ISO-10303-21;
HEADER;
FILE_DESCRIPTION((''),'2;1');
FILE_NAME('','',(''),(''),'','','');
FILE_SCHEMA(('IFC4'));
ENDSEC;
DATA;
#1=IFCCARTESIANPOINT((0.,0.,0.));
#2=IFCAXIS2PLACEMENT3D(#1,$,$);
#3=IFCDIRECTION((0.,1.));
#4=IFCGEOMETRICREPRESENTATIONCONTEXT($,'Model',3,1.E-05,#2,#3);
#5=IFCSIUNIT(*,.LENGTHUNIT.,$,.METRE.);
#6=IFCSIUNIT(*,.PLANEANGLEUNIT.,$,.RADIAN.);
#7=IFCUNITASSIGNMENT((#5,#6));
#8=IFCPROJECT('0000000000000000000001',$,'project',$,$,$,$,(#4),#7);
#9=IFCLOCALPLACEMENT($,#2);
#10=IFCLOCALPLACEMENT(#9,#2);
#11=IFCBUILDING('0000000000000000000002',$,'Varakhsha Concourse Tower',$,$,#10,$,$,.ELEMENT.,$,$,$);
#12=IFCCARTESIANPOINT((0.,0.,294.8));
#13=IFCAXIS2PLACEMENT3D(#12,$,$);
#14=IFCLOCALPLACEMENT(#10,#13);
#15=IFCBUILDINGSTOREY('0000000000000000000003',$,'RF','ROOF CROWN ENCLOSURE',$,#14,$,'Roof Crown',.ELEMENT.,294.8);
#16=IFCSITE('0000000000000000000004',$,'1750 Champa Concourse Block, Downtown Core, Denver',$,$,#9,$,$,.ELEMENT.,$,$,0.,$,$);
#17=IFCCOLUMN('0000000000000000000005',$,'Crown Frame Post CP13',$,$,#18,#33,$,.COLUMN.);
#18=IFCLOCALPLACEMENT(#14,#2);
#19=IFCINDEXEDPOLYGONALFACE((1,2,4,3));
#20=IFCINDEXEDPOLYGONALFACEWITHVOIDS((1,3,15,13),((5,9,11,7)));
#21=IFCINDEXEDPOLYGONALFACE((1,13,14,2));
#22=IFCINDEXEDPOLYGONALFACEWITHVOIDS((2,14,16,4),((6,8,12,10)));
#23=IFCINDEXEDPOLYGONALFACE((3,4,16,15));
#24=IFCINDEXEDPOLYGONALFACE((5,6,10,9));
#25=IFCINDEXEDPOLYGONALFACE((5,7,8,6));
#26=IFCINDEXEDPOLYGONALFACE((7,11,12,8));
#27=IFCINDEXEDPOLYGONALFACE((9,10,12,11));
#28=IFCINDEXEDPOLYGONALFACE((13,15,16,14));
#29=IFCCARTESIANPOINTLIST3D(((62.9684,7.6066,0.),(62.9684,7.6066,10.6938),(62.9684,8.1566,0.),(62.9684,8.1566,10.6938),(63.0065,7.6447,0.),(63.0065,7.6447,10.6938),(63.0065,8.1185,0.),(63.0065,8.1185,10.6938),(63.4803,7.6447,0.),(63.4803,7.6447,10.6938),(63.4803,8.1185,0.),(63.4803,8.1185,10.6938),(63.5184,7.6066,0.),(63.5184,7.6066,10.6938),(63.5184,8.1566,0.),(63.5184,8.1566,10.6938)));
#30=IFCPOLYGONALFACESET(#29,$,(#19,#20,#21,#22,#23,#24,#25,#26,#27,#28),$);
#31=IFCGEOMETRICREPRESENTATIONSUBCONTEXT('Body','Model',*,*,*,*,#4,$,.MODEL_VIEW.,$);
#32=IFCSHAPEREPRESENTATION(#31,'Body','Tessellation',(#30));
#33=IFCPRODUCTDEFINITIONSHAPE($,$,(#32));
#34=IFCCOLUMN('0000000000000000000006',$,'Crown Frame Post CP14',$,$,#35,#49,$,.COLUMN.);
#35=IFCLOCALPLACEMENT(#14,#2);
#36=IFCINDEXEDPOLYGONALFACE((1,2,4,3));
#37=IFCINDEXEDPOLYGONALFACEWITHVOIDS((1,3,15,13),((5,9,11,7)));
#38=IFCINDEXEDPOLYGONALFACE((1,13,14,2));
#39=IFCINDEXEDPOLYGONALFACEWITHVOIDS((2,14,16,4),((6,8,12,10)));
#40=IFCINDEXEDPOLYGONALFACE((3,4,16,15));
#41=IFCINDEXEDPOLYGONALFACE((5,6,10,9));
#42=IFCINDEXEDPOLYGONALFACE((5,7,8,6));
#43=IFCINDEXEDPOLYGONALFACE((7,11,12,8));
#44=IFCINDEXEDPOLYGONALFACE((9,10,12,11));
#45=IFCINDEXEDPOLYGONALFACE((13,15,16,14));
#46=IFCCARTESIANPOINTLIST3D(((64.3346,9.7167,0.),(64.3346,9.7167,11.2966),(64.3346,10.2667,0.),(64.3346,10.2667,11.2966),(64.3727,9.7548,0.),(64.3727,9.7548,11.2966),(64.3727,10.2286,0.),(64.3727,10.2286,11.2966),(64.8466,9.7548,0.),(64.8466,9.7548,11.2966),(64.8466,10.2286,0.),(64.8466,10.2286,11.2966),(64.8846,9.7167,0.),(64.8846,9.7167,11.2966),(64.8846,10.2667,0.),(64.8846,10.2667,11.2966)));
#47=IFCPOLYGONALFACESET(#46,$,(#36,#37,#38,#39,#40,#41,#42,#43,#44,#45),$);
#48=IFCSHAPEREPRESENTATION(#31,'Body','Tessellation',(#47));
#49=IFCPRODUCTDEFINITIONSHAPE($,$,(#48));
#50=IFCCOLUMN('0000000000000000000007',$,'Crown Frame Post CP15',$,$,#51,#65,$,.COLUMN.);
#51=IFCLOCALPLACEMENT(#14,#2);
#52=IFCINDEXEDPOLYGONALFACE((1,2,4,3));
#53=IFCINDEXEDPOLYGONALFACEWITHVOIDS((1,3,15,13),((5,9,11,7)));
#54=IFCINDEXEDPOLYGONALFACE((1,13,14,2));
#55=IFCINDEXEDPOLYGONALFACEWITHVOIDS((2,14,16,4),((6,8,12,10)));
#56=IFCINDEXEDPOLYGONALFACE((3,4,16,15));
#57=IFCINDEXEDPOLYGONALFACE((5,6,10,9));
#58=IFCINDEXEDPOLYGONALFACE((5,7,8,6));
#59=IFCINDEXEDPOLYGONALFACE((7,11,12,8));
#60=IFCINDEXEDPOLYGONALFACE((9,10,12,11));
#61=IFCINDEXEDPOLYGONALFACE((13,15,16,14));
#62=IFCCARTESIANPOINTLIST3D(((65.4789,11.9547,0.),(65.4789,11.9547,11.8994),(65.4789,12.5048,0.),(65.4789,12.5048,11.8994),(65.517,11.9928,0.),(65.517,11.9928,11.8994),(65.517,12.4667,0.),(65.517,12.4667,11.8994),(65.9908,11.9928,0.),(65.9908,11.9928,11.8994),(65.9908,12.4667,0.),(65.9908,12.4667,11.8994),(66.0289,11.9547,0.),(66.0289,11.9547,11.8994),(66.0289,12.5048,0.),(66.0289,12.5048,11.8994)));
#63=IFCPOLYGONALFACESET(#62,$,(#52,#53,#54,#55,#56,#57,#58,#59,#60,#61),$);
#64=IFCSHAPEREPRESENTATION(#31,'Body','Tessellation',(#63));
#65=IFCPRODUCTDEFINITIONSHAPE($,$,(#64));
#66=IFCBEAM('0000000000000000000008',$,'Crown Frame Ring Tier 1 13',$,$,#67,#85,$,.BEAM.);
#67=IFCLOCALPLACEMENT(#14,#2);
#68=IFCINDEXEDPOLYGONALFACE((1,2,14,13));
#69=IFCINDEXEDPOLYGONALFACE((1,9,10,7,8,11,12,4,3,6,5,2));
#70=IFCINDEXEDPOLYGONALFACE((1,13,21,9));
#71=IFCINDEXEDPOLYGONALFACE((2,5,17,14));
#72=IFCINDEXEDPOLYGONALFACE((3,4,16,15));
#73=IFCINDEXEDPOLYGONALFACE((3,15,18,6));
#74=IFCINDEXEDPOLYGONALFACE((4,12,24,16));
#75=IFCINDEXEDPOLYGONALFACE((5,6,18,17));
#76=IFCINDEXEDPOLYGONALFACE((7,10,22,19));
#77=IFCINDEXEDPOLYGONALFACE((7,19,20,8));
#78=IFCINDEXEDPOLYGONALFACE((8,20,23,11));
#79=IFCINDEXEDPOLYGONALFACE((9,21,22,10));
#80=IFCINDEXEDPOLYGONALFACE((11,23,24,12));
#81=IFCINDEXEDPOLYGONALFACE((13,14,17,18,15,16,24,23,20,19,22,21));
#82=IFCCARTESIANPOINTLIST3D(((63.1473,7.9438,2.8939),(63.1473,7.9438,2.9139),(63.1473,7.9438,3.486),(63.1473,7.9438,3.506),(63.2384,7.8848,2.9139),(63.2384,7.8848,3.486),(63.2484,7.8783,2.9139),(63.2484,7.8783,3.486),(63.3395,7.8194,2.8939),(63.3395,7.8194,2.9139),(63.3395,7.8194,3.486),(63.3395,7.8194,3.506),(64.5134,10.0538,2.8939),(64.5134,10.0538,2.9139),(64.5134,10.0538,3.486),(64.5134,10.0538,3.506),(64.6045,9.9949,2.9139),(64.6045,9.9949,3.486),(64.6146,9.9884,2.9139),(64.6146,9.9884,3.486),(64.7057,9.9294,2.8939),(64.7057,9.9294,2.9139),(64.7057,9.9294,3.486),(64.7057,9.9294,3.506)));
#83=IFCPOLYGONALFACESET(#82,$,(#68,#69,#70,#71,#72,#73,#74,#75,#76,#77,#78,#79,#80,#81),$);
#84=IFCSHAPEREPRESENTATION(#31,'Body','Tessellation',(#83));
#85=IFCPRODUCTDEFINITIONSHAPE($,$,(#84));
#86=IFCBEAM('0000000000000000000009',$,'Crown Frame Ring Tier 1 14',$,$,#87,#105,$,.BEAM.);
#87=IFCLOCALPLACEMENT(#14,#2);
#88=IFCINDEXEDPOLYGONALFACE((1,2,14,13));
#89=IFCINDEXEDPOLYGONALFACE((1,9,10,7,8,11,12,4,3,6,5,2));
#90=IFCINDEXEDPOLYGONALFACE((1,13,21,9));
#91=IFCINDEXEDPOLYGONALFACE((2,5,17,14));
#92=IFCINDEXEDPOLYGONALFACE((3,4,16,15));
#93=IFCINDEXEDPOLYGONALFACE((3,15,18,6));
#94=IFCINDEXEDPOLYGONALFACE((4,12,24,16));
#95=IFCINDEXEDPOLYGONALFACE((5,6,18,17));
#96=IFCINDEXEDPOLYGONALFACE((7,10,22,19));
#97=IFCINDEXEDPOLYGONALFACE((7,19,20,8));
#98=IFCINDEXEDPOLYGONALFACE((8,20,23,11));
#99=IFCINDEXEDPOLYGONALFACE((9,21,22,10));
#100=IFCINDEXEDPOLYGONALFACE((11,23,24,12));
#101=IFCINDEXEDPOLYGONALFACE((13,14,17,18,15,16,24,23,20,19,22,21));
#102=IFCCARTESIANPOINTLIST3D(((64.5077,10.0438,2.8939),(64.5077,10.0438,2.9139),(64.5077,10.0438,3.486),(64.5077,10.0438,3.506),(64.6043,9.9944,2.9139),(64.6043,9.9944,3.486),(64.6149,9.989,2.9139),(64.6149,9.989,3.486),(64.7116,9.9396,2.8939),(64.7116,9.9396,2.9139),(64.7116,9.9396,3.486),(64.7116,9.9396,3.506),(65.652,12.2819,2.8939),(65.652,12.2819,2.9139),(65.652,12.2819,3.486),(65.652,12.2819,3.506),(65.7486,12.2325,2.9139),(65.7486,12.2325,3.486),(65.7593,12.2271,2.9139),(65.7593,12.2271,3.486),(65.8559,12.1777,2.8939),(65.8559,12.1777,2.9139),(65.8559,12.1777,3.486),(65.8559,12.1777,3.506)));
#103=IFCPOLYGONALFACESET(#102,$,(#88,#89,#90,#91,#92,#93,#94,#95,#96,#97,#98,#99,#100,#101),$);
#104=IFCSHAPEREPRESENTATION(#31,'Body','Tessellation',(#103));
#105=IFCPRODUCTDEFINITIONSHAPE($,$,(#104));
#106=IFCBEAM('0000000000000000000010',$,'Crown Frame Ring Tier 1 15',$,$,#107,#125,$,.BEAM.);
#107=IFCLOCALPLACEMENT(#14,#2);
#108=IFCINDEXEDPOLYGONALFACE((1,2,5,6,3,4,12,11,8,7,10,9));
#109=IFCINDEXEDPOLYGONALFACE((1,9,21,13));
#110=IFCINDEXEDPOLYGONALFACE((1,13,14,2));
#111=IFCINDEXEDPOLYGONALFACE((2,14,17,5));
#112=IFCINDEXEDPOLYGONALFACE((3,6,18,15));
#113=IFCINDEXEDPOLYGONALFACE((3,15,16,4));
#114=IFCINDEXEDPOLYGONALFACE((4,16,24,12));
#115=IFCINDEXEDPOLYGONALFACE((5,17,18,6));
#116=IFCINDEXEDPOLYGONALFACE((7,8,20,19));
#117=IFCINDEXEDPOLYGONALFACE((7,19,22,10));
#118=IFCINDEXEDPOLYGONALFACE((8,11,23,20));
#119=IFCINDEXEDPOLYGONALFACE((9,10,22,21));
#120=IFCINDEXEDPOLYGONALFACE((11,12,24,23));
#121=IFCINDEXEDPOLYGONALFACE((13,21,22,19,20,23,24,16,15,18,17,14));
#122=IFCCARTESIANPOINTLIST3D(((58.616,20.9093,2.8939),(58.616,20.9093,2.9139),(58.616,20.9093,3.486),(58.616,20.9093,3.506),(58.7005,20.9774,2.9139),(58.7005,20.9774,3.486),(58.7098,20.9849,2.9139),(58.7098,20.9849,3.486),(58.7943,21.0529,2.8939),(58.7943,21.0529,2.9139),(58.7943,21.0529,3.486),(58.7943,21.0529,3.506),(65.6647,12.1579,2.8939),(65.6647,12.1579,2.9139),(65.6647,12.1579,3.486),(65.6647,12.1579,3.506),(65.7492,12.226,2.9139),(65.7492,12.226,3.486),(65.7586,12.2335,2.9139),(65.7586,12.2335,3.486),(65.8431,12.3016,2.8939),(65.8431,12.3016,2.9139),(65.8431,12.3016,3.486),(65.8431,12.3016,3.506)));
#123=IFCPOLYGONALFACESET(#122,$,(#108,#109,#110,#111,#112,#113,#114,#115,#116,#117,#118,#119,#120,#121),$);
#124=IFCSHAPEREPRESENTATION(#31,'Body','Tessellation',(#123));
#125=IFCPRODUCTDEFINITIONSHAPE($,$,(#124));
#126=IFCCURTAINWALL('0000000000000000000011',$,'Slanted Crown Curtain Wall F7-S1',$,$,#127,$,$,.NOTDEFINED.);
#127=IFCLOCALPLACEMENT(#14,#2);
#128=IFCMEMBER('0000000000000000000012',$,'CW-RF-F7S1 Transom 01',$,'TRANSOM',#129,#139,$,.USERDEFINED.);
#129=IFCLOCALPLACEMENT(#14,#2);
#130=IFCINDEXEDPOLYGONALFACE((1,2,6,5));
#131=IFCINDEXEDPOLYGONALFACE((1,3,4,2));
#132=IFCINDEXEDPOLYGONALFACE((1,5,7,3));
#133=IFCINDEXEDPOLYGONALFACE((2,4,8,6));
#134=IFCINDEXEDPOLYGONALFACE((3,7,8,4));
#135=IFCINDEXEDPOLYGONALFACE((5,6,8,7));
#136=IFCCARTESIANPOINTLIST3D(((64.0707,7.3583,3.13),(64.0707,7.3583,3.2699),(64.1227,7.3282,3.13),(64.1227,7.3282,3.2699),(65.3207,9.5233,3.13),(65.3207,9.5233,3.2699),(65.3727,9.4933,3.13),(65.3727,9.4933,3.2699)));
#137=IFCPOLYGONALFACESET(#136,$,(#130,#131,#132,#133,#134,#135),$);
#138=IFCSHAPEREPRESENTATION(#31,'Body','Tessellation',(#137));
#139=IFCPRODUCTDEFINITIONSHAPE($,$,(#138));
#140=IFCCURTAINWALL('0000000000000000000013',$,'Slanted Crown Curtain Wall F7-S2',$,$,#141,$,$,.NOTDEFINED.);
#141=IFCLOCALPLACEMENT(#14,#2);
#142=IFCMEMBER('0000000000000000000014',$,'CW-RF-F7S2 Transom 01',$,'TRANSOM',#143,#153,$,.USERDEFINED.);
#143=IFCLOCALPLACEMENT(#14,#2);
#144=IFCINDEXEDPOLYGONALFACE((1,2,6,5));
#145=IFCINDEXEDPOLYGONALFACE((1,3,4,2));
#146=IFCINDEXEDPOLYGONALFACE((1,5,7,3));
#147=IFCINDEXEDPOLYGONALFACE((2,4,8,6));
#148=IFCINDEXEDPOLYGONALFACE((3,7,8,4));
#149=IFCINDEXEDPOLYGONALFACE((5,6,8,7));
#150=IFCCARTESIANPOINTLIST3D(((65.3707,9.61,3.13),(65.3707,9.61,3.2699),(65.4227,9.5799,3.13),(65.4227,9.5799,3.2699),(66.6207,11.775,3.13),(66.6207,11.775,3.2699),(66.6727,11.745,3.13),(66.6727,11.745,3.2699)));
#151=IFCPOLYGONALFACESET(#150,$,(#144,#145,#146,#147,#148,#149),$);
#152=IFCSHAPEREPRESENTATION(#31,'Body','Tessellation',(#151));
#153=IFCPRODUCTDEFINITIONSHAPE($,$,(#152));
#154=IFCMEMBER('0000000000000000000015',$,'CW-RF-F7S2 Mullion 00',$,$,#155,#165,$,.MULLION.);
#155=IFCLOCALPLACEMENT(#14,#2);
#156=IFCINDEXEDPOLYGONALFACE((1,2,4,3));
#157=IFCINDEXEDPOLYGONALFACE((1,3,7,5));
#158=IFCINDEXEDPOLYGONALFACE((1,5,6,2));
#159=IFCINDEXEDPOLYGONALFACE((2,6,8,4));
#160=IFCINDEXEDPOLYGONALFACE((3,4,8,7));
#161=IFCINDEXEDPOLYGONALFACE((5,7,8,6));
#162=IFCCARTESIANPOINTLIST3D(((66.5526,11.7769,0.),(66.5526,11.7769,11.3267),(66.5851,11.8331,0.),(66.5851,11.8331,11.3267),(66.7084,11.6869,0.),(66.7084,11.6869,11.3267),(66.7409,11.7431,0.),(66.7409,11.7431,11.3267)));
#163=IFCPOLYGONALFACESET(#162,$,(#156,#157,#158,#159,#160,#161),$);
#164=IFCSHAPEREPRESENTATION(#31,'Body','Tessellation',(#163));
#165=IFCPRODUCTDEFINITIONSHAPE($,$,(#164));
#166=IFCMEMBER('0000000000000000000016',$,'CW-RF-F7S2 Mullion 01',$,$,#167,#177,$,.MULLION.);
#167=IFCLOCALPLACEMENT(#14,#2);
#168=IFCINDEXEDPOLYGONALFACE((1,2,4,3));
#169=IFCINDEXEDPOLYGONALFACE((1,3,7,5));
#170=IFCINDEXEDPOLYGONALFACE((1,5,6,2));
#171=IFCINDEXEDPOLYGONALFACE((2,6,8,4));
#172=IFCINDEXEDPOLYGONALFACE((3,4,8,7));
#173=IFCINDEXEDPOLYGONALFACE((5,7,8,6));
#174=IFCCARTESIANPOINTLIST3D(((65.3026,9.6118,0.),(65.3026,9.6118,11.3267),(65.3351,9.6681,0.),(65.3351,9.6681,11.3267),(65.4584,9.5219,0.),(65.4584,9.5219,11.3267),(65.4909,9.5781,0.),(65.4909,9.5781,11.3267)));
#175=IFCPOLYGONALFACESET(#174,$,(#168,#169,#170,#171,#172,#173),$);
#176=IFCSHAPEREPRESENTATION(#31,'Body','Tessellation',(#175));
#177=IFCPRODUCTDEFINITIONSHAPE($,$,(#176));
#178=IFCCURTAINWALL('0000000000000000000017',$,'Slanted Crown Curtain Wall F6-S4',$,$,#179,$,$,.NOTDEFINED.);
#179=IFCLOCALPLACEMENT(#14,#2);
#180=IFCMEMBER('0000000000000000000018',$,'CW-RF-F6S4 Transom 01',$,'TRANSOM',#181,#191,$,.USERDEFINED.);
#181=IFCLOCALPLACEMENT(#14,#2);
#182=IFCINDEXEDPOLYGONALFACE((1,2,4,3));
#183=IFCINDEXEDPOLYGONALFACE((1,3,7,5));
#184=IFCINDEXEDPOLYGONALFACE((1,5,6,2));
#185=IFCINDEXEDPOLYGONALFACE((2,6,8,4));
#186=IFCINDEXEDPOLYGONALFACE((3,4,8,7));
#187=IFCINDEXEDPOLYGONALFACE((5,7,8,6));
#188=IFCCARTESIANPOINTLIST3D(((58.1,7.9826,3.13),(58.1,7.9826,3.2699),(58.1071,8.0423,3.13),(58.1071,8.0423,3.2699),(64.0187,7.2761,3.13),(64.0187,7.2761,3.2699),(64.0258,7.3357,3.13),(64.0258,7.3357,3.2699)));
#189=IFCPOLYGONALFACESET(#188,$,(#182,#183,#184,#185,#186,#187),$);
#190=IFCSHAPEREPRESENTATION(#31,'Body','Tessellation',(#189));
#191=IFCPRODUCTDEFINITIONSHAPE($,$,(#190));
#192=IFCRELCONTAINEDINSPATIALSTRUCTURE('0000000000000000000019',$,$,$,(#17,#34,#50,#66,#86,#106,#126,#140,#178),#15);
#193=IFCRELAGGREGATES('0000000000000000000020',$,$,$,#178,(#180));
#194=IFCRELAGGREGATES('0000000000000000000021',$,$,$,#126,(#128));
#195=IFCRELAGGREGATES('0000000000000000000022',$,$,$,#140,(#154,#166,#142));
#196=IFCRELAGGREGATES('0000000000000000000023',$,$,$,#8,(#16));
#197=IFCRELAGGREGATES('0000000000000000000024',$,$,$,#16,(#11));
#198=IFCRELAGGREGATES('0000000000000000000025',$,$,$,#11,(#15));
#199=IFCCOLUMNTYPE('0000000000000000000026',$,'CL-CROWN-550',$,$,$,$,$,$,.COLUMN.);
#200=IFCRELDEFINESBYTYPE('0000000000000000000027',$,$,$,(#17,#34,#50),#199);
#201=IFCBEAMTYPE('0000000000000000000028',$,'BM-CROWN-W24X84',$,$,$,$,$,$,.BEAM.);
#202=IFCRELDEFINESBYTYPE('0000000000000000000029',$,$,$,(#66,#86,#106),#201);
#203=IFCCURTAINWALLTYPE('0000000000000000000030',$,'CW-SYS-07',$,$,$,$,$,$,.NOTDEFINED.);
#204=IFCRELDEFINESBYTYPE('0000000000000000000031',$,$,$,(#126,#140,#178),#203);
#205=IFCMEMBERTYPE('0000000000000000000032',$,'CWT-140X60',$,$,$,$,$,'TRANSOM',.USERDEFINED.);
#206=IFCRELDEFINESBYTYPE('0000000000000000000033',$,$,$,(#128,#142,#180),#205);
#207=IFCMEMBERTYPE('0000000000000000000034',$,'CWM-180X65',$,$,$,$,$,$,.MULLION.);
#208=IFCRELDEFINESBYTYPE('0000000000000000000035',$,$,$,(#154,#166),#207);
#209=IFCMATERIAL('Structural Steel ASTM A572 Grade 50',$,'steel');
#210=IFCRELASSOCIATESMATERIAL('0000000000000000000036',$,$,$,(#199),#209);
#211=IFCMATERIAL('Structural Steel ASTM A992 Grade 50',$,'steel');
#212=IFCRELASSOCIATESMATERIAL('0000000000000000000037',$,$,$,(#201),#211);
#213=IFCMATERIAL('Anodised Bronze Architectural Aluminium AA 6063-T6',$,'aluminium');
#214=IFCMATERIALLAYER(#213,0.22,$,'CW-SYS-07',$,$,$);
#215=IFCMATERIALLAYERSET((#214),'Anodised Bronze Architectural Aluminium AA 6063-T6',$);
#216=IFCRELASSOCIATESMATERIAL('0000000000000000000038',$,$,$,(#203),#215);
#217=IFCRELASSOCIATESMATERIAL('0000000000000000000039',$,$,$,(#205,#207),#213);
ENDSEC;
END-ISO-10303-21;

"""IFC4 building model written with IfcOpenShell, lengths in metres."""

from ifc_helpers import new_model, si_unit, direction, frame, origin, origin_2d, place, context, subcontext, project, spatial, rectangle, hollow_rectangle, i_section, extrude, source, transform, mapped, material, layer, layer_set, material_profile, profile_set, type_object, type_shapes, element, aggregate, save


model = new_model("IFC4")

# Units and contexts
model_context = context("Model", 3, precision=1e-05, world=origin(), true_north=direction((0.0, 1.0)))
body_context = subcontext(model_context, "Body", "Model", "MODEL_VIEW")
ifc_project = project(units=[si_unit("LENGTHUNIT", "METRE"), si_unit("PLANEANGLEUNIT", "RADIAN")], contexts=[model_context])

# Site, building, storey
site_placement = place(None, origin())
site = spatial("IfcSite", under=ifc_project, at=site_placement, Name="1750 Champa Concourse Block, Downtown Core, Denver", CompositionType="ELEMENT", RefElevation=0.0)
building_placement = place(site_placement, origin())
building = spatial("IfcBuilding", under=site, at=building_placement, Name="Varakhsha Concourse Tower", CompositionType="ELEMENT")
storey_placement = place(building_placement, frame((0.0, 0.0, 294.8)))
storey = spatial("IfcBuildingStorey", under=building, at=storey_placement, Name="RF", Description="ROOF CROWN ENCLOSURE", LongName="Roof Crown", CompositionType="ELEMENT", Elevation=294.8)

# Columns
ifc_material_1 = material(Name="Structural Steel ASTM A572 Grade 50", Category="steel")
ifc_material_profile_1 = material_profile(ifc_material_1, hollow_rectangle(XDim=0.55, YDim=0.55, WallThickness=0.0381, at=origin_2d()), Name="BOX 550x550x38")
ifc_profile_set_1 = profile_set([ifc_material_profile_1], Name="Structural Steel ASTM A572 Grade 50")
column_type = type_object("IfcColumnType", Name="CL-CROWN-550", PredefinedType="COLUMN", material=ifc_profile_set_1)
column_1_placement = place(storey_placement, frame((63.2434, 7.8816, 0.0), z_axis=(0.0, 0.0, 1.0), x_axis=(1.0, 0.0, 0.0)))
element("IfcColumn", 1, at=column_1_placement, inside=storey, type_object=column_type, Name="Crown Frame Post CP13", PredefinedType="COLUMN", context=body_context, shape_type="SweptSolid", body=[
    extrude(hollow_rectangle(XDim=0.55, YDim=0.55, WallThickness=0.0381, at=origin_2d()), origin(), (0.0, 0.0, 1.0), 10.6938),
])
column_2_placement = place(storey_placement, frame((64.6096, 9.9917, 0.0), z_axis=(0.0, 0.0, 1.0), x_axis=(1.0, 0.0, 0.0)))
element("IfcColumn", 2, at=column_2_placement, inside=storey, type_object=column_type, Name="Crown Frame Post CP14", PredefinedType="COLUMN", context=body_context, shape_type="SweptSolid", body=[
    extrude(hollow_rectangle(XDim=0.55, YDim=0.55, WallThickness=0.0381, at=origin_2d()), origin(), (0.0, 0.0, 1.0), 11.2966),
])
column_3_placement = place(storey_placement, frame((65.7539, 12.2297, 0.0), z_axis=(0.0, 0.0, 1.0), x_axis=(1.0, 0.0, 0.0)))
element("IfcColumn", 3, at=column_3_placement, inside=storey, type_object=column_type, Name="Crown Frame Post CP15", PredefinedType="COLUMN", context=body_context, shape_type="SweptSolid", body=[
    extrude(hollow_rectangle(XDim=0.55, YDim=0.55, WallThickness=0.0381, at=origin_2d()), origin(), (0.0, 0.0, 1.0), 11.8994),
])

# Beams
ifc_material_2 = material(Name="Structural Steel ASTM A992 Grade 50", Category="steel")
ifc_material_profile_2 = material_profile(ifc_material_2, i_section(OverallWidth=0.229, OverallDepth=0.6121, WebThickness=0.012, FlangeThickness=0.02, at=origin_2d()), Name="W24X84")
ifc_profile_set_2 = profile_set([ifc_material_profile_2], Name="Structural Steel ASTM A992 Grade 50")
beam_type = type_object("IfcBeamType", Name="BM-CROWN-W24X84", PredefinedType="BEAM", material=ifc_profile_set_2)
for number, where, z_axis, x_axis, name in (
    (4, (63.2434, 7.8816, 3.2), (0.543489, 0.839416, 0.0), (-0.839416, 0.543489, 0.0), "Crown Frame Ring Tier 1 13"),
    (5, (64.6096, 9.9917, 3.2), (0.455238, 0.89037, 0.0), (-0.89037, 0.455238, 0.0), "Crown Frame Ring Tier 1 14"),
):
    element("IfcBeam", number, at=place(storey_placement, frame(where, z_axis=z_axis, x_axis=x_axis)), inside=storey, type_object=beam_type, Name=name, PredefinedType="BEAM", context=body_context, shape_type="SweptSolid", body=[
        extrude(i_section(OverallWidth=0.229, OverallDepth=0.6121, WebThickness=0.012, FlangeThickness=0.02, at=origin_2d()), origin(), (0.0, 0.0, 1.0), 2.5137),
    ])
beam_placement = place(storey_placement, frame((65.7539, 12.2297, 3.2), z_axis=(-0.627278, 0.778796, 0.0), x_axis=(-0.778796, -0.627278, 0.0)))
element("IfcBeam", 6, at=beam_placement, inside=storey, type_object=beam_type, Name="Crown Frame Ring Tier 1 15", PredefinedType="BEAM", context=body_context, shape_type="SweptSolid", body=[
    extrude(i_section(OverallWidth=0.229, OverallDepth=0.6121, WebThickness=0.012, FlangeThickness=0.02, at=origin_2d()), origin(), (0.0, 0.0, 1.0), 11.2371),
])

# Curtain wall, member
ifc_material_3 = material(Name="Anodised Bronze Architectural Aluminium AA 6063-T6", Category="aluminium")
ifc_layer_1 = layer(ifc_material_3, 0.22, Name="CW-SYS-07")
ifc_layer_set_1 = layer_set([ifc_layer_1], Name="Anodised Bronze Architectural Aluminium AA 6063-T6")
curtain_wall_type = type_object("IfcCurtainWallType", Name="CW-SYS-07", PredefinedType="NOTDEFINED", material=ifc_layer_set_1)
curtain_wall_1_placement = place(storey_placement, origin())
curtain_wall_1 = element("IfcCurtainWall", 7, at=curtain_wall_1_placement, inside=storey, type_object=curtain_wall_type, Name="Slanted Crown Curtain Wall F7-S1", PredefinedType="NOTDEFINED")
ifc_material_profile_3 = material_profile(ifc_material_3, rectangle(XDim=0.0601, YDim=0.1399, at=origin_2d()), Name="CWT-140X60")
ifc_profile_set_3 = profile_set([ifc_material_profile_3], Name="Anodised Bronze Architectural Aluminium AA 6063-T6")
member_type_1 = type_object("IfcMemberType", Name="CWT-140X60", ElementType="TRANSOM", PredefinedType="USERDEFINED", material=ifc_profile_set_3)
shared_shape_1 = source(origin(), body_context, "Body", "SweptSolid", [
    extrude(rectangle(XDim=0.0601, YDim=0.1399, at=origin_2d()), origin(), (0.0, 0.0, 1.0), 2.5),
])
member_1_placement = place(storey_placement, frame((65.3467, 9.5083, 3.2), z_axis=(-0.500004, -0.866023, 0.0), x_axis=(0.866023, -0.500004, 0.0)))
member_1 = element("IfcMember", 8, at=member_1_placement, type_object=member_type_1, Name="CW-RF-F7S1 Transom 01", ObjectType="TRANSOM", PredefinedType="USERDEFINED", context=body_context, shape_type="MappedRepresentation", body=[
    mapped(shared_shape_1, transform((0.0, 0.0, 0.0), scale=1.0)),
])

# Curtain wall, members
curtain_wall_2_placement = place(storey_placement, origin())
curtain_wall_2 = element("IfcCurtainWall", 9, at=curtain_wall_2_placement, inside=storey, type_object=curtain_wall_type, Name="Slanted Crown Curtain Wall F7-S2", PredefinedType="NOTDEFINED")
member_2_placement = place(storey_placement, frame((66.6467, 11.76, 3.2), z_axis=(-0.500004, -0.866023, 0.0), x_axis=(0.866023, -0.500004, 0.0)))
member_2 = element("IfcMember", 10, at=member_2_placement, type_object=member_type_1, Name="CW-RF-F7S2 Transom 01", ObjectType="TRANSOM", PredefinedType="USERDEFINED", context=body_context, shape_type="MappedRepresentation", body=[
    mapped(shared_shape_1, transform((0.0, 0.0, 0.0), scale=1.0)),
])
ifc_material_profile_4 = material_profile(ifc_material_3, rectangle(XDim=0.0649, YDim=0.1799, at=origin_2d()), Name="CWM-180X65")
ifc_profile_set_4 = profile_set([ifc_material_profile_4], Name="Anodised Bronze Architectural Aluminium AA 6063-T6")
member_type_2 = type_object("IfcMemberType", Name="CWM-180X65", PredefinedType="MULLION", material=ifc_profile_set_4)
shared_shape_2 = source(origin(), body_context, "Body", "SweptSolid", [
    extrude(rectangle(XDim=0.0649, YDim=0.1799, at=origin_2d()), origin(), (0.0, 0.0, 1.0), 11.3267),
])
member_3_placement = place(storey_placement, frame((66.6467, 11.76, 0.0), z_axis=(0.0, 0.0, 1.0), x_axis=(-0.500011, -0.866019, 0.0)))
member_3 = element("IfcMember", 11, at=member_3_placement, type_object=member_type_2, Name="CW-RF-F7S2 Mullion 00", PredefinedType="MULLION", context=body_context, shape_type="MappedRepresentation", body=[
    mapped(shared_shape_2, transform((0.0, 0.0, 0.0), scale=1.0)),
])
member_4_placement = place(storey_placement, frame((65.3967, 9.595, 0.0), z_axis=(0.0, 0.0, 1.0), x_axis=(-0.500011, -0.866019, 0.0)))
member_4 = element("IfcMember", 12, at=member_4_placement, type_object=member_type_2, Name="CW-RF-F7S2 Mullion 01", PredefinedType="MULLION", context=body_context, shape_type="MappedRepresentation", body=[
    mapped(shared_shape_2, transform((0.0, 0.0, 0.0), scale=1.0)),
])

# Curtain wall, member
curtain_wall_3_placement = place(storey_placement, origin())
curtain_wall_3 = element("IfcCurtainWall", 13, at=curtain_wall_3_placement, inside=storey, type_object=curtain_wall_type, Name="Slanted Crown Curtain Wall F6-S4", PredefinedType="NOTDEFINED")
shared_shape_3 = source(origin(), body_context, "Body", "SweptSolid", [
    extrude(rectangle(XDim=0.0601, YDim=0.1399, at=origin_2d()), origin(), (0.0, 0.0, 1.0), 5.9607),
])
type_shapes(member_type_1, [shared_shape_1, shared_shape_3])
member_5_placement = place(storey_placement, frame((64.0222, 7.3059, 3.2), z_axis=(-0.99295, 0.118533, 0.0), x_axis=(-0.118533, -0.99295, 0.0)))
member_5 = element("IfcMember", 14, at=member_5_placement, type_object=member_type_1, Name="CW-RF-F6S4 Transom 01", ObjectType="TRANSOM", PredefinedType="USERDEFINED", context=body_context, shape_type="MappedRepresentation", body=[
    mapped(shared_shape_3, transform((0.0, 0.0, 0.0), scale=1.0)),
])

aggregate(curtain_wall_3, [member_5])

aggregate(curtain_wall_1, [member_1])
aggregate(curtain_wall_2, [member_3, member_4, member_2])

save(model, "model.ifc")
